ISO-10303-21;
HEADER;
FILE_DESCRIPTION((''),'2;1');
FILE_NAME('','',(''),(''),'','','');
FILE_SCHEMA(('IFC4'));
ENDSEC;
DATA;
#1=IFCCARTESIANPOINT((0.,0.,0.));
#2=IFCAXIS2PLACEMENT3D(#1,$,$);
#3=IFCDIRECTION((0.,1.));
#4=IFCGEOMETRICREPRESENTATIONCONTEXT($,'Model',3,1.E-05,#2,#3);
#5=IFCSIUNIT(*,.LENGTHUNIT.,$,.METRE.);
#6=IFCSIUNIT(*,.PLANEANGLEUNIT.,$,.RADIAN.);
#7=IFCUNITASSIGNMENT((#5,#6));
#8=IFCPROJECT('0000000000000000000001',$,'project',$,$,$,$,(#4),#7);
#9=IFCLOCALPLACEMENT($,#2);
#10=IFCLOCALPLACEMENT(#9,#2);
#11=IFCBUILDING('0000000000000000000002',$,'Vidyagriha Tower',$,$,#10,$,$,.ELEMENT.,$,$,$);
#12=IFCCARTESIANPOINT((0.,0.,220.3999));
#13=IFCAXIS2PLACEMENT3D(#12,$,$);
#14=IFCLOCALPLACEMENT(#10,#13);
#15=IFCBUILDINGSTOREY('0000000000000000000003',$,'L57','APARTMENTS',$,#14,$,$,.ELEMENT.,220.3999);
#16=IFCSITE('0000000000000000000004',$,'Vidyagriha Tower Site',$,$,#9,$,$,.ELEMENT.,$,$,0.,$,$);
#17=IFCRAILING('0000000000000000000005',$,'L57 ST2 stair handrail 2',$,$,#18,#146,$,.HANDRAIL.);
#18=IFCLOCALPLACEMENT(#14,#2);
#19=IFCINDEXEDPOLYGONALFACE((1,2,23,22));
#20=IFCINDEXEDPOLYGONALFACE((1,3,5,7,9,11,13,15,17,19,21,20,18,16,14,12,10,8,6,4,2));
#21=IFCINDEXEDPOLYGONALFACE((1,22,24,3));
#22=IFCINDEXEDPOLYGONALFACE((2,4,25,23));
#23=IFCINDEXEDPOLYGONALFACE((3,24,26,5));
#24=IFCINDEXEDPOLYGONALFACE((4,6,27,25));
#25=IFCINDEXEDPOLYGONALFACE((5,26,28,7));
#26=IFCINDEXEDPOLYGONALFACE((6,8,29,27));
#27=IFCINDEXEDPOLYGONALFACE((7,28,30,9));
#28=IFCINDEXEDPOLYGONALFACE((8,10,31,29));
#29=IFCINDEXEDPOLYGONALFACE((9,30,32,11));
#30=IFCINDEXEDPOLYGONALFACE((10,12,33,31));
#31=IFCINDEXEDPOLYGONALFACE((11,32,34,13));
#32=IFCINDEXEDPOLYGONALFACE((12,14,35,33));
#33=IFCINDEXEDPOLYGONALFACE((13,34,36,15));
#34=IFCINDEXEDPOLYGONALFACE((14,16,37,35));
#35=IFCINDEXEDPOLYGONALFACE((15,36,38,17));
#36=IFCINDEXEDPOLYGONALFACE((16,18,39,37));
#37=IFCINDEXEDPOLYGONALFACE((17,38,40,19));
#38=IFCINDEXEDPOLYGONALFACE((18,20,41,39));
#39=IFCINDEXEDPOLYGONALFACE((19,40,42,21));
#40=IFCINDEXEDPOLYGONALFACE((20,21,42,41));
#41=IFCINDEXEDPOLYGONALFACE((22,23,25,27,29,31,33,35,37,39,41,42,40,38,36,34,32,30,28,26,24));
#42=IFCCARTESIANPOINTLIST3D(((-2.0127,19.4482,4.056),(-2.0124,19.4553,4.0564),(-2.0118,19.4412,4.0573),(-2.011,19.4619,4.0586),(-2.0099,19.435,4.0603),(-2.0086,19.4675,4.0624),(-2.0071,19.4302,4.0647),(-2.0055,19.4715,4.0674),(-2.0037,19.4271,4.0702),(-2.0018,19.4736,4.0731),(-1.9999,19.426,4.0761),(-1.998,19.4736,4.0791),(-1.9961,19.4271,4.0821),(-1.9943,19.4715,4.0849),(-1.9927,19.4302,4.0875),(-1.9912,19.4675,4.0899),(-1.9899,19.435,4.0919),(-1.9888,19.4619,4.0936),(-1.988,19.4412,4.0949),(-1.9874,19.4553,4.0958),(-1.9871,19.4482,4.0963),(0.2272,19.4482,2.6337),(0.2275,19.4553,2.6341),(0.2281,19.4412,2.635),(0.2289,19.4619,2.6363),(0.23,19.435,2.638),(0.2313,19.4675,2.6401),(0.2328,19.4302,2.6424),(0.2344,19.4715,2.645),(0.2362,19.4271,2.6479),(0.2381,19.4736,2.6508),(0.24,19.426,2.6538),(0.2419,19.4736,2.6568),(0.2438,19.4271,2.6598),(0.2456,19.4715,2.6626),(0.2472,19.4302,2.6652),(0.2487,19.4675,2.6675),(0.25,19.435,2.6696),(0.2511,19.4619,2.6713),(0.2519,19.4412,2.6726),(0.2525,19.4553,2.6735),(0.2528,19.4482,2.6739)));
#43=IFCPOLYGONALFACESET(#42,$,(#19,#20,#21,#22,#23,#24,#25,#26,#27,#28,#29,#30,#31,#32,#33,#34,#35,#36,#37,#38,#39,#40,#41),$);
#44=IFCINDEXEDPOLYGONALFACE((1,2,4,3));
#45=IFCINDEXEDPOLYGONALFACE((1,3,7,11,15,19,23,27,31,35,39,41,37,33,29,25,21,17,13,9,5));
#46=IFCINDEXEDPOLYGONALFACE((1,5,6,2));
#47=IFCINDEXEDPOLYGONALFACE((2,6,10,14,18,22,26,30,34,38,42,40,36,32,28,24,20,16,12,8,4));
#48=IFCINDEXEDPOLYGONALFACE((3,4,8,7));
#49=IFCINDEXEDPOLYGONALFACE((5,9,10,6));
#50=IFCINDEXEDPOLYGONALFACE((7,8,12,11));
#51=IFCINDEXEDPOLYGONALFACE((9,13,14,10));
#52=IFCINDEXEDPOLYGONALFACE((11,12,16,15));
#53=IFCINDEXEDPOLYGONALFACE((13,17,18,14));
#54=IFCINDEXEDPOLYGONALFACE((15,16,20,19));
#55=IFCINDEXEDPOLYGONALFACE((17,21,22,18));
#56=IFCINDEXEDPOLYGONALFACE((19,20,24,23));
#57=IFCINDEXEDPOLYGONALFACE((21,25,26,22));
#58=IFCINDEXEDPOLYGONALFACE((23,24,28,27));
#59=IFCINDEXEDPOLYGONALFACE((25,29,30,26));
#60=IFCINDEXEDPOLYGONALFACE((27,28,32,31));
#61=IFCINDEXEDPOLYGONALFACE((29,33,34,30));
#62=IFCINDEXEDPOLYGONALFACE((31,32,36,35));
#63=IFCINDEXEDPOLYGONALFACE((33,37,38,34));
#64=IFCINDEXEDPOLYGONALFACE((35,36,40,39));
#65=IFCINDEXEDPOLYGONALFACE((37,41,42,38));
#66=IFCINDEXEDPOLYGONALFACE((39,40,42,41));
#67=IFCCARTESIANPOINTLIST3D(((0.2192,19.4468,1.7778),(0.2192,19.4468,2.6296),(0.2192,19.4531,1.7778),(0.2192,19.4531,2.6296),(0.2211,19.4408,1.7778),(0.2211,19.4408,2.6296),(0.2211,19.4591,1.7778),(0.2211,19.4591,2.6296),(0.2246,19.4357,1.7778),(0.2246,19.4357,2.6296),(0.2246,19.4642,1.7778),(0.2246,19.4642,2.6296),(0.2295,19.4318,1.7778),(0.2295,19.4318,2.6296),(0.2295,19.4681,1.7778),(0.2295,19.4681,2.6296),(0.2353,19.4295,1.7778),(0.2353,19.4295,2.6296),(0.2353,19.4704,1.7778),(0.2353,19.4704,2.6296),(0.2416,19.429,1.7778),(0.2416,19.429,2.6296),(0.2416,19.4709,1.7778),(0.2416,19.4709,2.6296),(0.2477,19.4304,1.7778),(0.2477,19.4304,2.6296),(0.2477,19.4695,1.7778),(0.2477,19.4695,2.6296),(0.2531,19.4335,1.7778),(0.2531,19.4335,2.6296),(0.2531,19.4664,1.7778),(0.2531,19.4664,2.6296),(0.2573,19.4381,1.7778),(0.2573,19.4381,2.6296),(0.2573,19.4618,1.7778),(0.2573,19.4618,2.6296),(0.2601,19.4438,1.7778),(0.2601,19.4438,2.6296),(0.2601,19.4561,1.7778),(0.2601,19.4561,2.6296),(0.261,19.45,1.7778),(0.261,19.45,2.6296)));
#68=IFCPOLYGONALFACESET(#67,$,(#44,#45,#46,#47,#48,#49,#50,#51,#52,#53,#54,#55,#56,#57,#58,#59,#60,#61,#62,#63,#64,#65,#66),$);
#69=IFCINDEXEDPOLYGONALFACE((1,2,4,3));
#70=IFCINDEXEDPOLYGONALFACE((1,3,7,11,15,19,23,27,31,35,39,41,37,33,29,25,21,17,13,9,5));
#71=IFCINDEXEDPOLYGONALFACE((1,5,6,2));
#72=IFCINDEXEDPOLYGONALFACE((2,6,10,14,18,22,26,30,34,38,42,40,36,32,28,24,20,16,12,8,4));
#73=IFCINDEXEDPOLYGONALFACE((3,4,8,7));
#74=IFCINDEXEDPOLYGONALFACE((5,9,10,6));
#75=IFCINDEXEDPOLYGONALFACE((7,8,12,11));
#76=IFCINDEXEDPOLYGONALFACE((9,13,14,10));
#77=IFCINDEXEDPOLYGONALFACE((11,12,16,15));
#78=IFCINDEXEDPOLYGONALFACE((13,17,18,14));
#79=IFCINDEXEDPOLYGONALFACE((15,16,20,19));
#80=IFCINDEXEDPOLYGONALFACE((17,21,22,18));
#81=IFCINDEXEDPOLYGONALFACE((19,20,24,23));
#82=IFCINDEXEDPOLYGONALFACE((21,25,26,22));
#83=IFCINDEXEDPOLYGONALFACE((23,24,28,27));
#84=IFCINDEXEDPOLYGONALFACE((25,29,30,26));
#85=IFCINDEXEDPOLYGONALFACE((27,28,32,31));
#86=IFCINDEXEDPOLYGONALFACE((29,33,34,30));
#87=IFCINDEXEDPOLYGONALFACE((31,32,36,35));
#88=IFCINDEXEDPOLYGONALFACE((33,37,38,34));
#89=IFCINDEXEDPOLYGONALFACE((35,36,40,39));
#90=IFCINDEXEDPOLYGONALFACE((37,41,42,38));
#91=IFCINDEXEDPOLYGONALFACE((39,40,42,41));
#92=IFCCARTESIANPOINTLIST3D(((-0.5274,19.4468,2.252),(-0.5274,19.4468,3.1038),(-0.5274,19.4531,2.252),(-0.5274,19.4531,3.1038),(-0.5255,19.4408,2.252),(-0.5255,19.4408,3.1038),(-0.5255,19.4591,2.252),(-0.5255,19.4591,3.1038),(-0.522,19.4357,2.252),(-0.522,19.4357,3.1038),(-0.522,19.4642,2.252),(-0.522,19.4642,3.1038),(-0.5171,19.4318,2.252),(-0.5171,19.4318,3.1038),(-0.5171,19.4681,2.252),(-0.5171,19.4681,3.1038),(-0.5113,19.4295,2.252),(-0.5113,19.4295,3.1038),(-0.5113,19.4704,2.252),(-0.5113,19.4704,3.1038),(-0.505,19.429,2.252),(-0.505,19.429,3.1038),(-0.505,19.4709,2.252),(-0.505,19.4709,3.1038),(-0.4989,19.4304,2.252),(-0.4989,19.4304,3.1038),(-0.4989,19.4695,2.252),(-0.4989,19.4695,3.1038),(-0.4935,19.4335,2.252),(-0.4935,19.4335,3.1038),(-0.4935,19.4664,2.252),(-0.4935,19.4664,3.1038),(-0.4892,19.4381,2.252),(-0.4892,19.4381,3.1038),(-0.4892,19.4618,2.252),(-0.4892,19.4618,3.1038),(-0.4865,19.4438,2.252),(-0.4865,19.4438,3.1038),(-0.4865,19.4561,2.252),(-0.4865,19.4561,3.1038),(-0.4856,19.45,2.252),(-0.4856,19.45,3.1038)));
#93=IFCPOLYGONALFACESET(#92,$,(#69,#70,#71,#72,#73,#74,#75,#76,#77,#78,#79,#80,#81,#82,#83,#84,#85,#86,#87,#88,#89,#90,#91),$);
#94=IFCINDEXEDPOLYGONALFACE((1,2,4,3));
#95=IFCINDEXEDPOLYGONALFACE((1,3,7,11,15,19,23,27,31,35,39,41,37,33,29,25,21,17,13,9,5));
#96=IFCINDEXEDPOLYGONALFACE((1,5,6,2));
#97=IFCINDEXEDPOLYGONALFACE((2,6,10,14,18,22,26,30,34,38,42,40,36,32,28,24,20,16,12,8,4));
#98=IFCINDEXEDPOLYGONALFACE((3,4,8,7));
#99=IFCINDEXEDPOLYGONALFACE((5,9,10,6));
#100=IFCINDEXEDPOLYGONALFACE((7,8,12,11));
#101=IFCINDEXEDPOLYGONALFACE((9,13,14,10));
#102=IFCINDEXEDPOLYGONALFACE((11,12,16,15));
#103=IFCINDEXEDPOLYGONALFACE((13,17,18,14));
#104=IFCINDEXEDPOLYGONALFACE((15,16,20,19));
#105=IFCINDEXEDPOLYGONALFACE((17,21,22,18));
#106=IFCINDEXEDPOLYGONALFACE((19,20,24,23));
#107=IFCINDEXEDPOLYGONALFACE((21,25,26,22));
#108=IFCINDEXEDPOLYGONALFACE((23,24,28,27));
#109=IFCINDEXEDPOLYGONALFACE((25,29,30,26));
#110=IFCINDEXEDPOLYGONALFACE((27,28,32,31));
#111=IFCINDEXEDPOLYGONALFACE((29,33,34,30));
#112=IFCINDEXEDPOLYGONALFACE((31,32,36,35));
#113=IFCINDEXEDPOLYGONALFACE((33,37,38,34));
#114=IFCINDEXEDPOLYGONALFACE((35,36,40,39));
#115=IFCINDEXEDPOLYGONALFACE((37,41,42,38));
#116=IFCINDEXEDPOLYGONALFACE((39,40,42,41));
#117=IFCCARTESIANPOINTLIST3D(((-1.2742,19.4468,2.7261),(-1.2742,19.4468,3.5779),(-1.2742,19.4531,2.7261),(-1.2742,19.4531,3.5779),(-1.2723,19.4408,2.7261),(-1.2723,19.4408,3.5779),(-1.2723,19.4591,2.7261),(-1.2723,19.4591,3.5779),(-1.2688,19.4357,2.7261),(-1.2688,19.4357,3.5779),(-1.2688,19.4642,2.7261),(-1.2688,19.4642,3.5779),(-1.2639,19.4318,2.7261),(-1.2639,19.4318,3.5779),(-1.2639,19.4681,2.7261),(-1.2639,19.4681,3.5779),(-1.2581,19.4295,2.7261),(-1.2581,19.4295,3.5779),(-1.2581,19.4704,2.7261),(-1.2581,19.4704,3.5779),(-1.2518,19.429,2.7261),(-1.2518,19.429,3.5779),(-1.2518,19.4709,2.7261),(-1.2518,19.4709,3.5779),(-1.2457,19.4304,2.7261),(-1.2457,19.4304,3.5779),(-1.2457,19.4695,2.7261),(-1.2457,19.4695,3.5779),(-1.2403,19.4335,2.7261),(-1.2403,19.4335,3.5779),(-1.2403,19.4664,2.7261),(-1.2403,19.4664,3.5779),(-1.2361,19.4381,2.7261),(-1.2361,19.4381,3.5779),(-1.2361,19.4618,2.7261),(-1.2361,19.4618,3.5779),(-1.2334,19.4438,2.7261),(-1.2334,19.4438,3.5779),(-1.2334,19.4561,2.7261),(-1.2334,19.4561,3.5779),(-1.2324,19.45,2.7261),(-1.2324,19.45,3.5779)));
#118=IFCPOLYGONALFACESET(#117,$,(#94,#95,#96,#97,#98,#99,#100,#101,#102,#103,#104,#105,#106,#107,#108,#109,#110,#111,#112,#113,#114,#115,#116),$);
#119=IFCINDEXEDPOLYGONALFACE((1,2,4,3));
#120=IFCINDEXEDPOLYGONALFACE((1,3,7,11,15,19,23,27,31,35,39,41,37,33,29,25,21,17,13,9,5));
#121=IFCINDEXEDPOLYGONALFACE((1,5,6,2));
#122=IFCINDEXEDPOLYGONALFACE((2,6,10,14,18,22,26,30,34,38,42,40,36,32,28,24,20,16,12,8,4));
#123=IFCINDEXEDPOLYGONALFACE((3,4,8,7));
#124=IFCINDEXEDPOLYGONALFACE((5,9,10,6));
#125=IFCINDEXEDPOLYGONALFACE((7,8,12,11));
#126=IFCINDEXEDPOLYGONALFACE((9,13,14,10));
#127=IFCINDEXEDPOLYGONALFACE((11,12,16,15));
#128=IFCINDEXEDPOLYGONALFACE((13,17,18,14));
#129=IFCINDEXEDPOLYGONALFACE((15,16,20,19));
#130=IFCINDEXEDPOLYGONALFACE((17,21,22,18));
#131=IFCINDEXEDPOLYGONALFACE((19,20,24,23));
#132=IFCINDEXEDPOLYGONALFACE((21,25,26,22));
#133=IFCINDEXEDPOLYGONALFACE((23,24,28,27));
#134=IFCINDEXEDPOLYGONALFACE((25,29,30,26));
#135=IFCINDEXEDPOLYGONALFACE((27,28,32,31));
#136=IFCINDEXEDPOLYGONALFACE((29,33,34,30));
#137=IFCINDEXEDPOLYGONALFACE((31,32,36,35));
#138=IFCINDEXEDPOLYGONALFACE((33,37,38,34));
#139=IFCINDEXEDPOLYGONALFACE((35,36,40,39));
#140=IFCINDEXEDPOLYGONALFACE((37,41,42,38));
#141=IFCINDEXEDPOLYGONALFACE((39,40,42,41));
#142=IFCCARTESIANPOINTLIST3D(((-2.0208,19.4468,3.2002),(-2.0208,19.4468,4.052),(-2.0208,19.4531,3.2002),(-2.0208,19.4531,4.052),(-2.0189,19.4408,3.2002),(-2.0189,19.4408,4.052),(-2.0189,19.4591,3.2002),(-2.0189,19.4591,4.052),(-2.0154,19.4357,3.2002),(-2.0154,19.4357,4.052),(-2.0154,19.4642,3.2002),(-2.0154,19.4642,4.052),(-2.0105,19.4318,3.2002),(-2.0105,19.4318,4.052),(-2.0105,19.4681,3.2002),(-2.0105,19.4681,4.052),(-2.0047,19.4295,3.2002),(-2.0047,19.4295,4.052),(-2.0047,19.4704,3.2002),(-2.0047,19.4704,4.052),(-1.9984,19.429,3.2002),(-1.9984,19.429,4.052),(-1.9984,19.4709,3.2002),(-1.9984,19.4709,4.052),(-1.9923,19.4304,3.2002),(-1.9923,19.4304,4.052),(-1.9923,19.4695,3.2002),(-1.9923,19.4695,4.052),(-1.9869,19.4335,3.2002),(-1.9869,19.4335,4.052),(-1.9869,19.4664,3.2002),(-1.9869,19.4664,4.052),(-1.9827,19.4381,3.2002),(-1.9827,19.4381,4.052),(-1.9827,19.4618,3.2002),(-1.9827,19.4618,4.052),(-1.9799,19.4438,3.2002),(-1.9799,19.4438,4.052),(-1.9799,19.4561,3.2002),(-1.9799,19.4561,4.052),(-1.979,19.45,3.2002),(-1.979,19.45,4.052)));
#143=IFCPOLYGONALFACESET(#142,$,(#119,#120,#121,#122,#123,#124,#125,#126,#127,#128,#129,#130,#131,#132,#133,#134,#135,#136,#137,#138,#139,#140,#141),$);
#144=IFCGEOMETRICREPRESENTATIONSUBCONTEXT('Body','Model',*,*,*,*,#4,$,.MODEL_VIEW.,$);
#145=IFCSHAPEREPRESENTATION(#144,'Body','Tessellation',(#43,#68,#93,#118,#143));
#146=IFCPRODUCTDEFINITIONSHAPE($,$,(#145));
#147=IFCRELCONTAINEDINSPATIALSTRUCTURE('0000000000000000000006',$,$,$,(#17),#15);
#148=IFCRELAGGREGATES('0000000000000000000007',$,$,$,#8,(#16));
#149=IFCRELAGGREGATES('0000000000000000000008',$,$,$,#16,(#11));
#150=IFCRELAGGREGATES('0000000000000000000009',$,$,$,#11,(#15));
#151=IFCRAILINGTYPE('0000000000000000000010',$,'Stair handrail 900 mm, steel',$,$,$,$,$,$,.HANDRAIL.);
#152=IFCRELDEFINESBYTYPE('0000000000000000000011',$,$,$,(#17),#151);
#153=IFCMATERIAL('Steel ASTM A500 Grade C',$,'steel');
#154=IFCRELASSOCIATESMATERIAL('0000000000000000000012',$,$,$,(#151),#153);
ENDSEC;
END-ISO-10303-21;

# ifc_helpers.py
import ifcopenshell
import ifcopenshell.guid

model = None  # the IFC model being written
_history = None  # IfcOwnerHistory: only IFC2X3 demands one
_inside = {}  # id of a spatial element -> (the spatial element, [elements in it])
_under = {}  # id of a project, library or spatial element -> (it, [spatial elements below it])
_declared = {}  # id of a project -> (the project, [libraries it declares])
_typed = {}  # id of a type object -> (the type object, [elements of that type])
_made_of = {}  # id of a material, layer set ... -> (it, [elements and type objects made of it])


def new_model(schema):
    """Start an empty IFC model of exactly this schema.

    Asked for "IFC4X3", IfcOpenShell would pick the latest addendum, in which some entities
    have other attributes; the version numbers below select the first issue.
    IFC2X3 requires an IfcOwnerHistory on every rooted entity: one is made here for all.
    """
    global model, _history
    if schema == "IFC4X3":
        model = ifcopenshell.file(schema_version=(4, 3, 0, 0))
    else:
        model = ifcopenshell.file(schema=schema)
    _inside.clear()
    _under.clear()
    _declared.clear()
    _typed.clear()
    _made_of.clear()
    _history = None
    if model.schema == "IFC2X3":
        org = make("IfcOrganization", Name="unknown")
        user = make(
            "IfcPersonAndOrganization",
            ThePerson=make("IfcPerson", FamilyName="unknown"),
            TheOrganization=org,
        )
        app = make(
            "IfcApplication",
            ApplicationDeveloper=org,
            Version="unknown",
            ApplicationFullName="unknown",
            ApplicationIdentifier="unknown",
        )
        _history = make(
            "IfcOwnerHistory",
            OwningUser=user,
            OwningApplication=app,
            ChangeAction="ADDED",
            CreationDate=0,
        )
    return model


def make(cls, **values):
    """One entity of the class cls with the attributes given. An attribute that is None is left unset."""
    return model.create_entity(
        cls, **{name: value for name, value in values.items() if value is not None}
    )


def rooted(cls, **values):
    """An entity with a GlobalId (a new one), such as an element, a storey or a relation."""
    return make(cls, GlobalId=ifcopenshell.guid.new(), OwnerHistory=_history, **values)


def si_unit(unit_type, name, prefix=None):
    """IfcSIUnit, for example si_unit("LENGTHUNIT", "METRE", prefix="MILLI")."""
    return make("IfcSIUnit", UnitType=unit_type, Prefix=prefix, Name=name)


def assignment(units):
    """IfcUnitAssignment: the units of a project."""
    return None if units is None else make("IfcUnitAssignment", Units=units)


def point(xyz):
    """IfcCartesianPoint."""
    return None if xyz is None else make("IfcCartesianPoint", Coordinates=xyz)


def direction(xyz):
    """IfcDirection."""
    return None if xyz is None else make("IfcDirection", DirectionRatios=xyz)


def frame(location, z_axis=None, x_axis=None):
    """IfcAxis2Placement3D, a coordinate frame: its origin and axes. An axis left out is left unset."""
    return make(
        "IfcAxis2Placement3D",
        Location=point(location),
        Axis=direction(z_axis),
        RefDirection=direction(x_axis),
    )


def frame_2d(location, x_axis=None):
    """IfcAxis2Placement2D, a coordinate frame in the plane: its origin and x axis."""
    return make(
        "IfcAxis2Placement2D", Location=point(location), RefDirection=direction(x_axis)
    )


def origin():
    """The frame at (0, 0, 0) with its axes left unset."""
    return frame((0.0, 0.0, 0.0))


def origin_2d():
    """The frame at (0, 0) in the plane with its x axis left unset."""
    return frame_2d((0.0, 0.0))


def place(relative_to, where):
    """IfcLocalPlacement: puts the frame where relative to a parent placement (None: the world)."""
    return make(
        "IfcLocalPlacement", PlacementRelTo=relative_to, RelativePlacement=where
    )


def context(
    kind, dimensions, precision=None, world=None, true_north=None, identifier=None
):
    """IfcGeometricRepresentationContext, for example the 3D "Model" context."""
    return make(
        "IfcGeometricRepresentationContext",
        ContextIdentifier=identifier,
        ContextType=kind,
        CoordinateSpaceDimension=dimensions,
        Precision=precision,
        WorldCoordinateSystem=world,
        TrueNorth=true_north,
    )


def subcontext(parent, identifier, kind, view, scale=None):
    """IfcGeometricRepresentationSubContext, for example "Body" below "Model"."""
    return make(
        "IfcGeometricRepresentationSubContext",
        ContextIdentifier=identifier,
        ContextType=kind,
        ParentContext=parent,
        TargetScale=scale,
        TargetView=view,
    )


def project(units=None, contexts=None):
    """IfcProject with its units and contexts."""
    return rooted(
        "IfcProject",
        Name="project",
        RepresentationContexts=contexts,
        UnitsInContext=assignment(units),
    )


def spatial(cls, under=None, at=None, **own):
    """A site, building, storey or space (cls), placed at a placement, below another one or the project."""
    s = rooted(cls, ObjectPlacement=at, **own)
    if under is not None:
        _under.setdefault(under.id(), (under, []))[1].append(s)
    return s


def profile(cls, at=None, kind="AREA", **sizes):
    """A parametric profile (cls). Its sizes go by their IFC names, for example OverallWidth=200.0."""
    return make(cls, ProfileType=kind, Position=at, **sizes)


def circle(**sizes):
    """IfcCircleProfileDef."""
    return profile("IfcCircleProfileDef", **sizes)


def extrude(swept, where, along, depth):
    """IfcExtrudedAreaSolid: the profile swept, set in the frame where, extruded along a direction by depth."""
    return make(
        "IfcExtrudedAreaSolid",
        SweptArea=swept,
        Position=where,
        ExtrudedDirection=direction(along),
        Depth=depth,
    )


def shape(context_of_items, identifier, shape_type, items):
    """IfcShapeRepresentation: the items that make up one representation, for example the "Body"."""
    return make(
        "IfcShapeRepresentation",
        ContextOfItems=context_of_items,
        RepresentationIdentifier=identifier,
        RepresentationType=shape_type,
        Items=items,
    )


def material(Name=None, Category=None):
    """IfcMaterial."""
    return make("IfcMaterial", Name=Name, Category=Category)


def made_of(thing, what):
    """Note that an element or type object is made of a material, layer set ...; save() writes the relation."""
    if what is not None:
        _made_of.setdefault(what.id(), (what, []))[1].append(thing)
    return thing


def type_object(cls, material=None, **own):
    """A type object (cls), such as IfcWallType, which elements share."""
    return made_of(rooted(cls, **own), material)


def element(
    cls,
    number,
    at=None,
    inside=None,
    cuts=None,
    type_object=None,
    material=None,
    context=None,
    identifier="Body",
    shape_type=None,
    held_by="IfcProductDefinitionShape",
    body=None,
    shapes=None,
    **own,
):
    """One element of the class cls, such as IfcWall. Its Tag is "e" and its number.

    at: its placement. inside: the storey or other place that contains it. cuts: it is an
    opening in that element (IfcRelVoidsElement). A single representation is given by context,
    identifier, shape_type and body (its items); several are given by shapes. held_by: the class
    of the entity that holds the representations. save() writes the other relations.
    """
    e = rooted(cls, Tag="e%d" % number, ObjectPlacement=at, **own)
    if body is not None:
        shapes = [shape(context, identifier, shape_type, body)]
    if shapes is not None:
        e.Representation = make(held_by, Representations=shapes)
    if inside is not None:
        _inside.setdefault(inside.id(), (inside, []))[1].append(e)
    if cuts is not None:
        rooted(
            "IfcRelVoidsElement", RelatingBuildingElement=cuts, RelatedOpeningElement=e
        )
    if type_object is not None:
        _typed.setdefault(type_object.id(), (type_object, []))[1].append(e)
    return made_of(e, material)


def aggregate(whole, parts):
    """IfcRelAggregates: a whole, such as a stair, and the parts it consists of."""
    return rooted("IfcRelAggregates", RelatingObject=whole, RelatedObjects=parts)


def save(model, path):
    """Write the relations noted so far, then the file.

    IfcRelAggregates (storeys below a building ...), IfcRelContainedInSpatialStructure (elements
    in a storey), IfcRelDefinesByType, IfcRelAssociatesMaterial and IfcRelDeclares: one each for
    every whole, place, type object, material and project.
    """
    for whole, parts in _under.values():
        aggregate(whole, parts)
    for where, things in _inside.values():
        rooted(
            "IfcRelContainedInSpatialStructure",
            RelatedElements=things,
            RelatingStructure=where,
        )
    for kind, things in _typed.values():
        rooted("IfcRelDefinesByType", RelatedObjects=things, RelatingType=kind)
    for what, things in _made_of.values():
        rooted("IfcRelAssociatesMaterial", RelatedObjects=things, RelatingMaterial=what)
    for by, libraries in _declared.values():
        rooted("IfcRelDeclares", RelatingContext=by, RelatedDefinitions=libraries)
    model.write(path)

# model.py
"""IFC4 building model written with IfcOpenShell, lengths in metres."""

from ifc_helpers import new_model, si_unit, direction, frame, origin, origin_2d, place, context, subcontext, project, spatial, circle, extrude, material, type_object, element, save


model = new_model("IFC4")

# Units and contexts
model_context = context("Model", 3, precision=1e-05, world=origin(), true_north=direction((0.0, 1.0)))
body_context = subcontext(model_context, "Body", "Model", "MODEL_VIEW")
ifc_project = project(units=[si_unit("LENGTHUNIT", "METRE"), si_unit("PLANEANGLEUNIT", "RADIAN")], contexts=[model_context])

# Site, building, storey
site_placement = place(None, origin())
site = spatial("IfcSite", under=ifc_project, at=site_placement, Name="Vidyagriha Tower Site", CompositionType="ELEMENT", RefElevation=0.0)
building_placement = place(site_placement, origin())
building = spatial("IfcBuilding", under=site, at=building_placement, Name="Vidyagriha Tower", CompositionType="ELEMENT")
storey_placement = place(building_placement, frame((0.0, 0.0, 220.3999)))
storey = spatial("IfcBuildingStorey", under=building, at=storey_placement, Name="L57", Description="APARTMENTS", CompositionType="ELEMENT", Elevation=220.3999)

# Railing
ifc_material_1 = material(Name="Steel ASTM A500 Grade C", Category="steel")
railing_type_1 = type_object("IfcRailingType", Name="Stair handrail 900 mm, steel", PredefinedType="HANDRAIL", material=ifc_material_1)
railing_1_placement = place(storey_placement, frame((0.24, 19.45, 1.7778)))
element("IfcRailing", 1, at=railing_1_placement, inside=storey, type_object=railing_type_1, Name="L57 ST2 stair handrail 2", PredefinedType="HANDRAIL", context=body_context, shape_type="SweptSolid", body=[
    extrude(circle(Radius=0.0239, at=origin_2d()), frame((0.0, 0.0, 0.876), z_axis=(-0.844188, 0.0, 0.536048), x_axis=(0.0, -1.0, 0.0)), (0.0, 0.0, 1.0), 2.6533),
    extrude(circle(Radius=0.021, at=origin_2d()), origin(), (0.0, 0.0, 1.0), 0.8518),
    extrude(circle(Radius=0.021, at=origin_2d()), frame((-0.7466, 0.0, 0.4741)), (0.0, 0.0, 1.0), 0.8518),
    extrude(circle(Radius=0.021, at=origin_2d()), frame((-1.4934, 0.0, 0.9482)), (0.0, 0.0, 1.0), 0.8518),
    extrude(circle(Radius=0.021, at=origin_2d()), frame((-2.24, 0.0, 1.4224)), (0.0, 0.0, 1.0), 0.8518),
])

save(model, "model.ifc")
